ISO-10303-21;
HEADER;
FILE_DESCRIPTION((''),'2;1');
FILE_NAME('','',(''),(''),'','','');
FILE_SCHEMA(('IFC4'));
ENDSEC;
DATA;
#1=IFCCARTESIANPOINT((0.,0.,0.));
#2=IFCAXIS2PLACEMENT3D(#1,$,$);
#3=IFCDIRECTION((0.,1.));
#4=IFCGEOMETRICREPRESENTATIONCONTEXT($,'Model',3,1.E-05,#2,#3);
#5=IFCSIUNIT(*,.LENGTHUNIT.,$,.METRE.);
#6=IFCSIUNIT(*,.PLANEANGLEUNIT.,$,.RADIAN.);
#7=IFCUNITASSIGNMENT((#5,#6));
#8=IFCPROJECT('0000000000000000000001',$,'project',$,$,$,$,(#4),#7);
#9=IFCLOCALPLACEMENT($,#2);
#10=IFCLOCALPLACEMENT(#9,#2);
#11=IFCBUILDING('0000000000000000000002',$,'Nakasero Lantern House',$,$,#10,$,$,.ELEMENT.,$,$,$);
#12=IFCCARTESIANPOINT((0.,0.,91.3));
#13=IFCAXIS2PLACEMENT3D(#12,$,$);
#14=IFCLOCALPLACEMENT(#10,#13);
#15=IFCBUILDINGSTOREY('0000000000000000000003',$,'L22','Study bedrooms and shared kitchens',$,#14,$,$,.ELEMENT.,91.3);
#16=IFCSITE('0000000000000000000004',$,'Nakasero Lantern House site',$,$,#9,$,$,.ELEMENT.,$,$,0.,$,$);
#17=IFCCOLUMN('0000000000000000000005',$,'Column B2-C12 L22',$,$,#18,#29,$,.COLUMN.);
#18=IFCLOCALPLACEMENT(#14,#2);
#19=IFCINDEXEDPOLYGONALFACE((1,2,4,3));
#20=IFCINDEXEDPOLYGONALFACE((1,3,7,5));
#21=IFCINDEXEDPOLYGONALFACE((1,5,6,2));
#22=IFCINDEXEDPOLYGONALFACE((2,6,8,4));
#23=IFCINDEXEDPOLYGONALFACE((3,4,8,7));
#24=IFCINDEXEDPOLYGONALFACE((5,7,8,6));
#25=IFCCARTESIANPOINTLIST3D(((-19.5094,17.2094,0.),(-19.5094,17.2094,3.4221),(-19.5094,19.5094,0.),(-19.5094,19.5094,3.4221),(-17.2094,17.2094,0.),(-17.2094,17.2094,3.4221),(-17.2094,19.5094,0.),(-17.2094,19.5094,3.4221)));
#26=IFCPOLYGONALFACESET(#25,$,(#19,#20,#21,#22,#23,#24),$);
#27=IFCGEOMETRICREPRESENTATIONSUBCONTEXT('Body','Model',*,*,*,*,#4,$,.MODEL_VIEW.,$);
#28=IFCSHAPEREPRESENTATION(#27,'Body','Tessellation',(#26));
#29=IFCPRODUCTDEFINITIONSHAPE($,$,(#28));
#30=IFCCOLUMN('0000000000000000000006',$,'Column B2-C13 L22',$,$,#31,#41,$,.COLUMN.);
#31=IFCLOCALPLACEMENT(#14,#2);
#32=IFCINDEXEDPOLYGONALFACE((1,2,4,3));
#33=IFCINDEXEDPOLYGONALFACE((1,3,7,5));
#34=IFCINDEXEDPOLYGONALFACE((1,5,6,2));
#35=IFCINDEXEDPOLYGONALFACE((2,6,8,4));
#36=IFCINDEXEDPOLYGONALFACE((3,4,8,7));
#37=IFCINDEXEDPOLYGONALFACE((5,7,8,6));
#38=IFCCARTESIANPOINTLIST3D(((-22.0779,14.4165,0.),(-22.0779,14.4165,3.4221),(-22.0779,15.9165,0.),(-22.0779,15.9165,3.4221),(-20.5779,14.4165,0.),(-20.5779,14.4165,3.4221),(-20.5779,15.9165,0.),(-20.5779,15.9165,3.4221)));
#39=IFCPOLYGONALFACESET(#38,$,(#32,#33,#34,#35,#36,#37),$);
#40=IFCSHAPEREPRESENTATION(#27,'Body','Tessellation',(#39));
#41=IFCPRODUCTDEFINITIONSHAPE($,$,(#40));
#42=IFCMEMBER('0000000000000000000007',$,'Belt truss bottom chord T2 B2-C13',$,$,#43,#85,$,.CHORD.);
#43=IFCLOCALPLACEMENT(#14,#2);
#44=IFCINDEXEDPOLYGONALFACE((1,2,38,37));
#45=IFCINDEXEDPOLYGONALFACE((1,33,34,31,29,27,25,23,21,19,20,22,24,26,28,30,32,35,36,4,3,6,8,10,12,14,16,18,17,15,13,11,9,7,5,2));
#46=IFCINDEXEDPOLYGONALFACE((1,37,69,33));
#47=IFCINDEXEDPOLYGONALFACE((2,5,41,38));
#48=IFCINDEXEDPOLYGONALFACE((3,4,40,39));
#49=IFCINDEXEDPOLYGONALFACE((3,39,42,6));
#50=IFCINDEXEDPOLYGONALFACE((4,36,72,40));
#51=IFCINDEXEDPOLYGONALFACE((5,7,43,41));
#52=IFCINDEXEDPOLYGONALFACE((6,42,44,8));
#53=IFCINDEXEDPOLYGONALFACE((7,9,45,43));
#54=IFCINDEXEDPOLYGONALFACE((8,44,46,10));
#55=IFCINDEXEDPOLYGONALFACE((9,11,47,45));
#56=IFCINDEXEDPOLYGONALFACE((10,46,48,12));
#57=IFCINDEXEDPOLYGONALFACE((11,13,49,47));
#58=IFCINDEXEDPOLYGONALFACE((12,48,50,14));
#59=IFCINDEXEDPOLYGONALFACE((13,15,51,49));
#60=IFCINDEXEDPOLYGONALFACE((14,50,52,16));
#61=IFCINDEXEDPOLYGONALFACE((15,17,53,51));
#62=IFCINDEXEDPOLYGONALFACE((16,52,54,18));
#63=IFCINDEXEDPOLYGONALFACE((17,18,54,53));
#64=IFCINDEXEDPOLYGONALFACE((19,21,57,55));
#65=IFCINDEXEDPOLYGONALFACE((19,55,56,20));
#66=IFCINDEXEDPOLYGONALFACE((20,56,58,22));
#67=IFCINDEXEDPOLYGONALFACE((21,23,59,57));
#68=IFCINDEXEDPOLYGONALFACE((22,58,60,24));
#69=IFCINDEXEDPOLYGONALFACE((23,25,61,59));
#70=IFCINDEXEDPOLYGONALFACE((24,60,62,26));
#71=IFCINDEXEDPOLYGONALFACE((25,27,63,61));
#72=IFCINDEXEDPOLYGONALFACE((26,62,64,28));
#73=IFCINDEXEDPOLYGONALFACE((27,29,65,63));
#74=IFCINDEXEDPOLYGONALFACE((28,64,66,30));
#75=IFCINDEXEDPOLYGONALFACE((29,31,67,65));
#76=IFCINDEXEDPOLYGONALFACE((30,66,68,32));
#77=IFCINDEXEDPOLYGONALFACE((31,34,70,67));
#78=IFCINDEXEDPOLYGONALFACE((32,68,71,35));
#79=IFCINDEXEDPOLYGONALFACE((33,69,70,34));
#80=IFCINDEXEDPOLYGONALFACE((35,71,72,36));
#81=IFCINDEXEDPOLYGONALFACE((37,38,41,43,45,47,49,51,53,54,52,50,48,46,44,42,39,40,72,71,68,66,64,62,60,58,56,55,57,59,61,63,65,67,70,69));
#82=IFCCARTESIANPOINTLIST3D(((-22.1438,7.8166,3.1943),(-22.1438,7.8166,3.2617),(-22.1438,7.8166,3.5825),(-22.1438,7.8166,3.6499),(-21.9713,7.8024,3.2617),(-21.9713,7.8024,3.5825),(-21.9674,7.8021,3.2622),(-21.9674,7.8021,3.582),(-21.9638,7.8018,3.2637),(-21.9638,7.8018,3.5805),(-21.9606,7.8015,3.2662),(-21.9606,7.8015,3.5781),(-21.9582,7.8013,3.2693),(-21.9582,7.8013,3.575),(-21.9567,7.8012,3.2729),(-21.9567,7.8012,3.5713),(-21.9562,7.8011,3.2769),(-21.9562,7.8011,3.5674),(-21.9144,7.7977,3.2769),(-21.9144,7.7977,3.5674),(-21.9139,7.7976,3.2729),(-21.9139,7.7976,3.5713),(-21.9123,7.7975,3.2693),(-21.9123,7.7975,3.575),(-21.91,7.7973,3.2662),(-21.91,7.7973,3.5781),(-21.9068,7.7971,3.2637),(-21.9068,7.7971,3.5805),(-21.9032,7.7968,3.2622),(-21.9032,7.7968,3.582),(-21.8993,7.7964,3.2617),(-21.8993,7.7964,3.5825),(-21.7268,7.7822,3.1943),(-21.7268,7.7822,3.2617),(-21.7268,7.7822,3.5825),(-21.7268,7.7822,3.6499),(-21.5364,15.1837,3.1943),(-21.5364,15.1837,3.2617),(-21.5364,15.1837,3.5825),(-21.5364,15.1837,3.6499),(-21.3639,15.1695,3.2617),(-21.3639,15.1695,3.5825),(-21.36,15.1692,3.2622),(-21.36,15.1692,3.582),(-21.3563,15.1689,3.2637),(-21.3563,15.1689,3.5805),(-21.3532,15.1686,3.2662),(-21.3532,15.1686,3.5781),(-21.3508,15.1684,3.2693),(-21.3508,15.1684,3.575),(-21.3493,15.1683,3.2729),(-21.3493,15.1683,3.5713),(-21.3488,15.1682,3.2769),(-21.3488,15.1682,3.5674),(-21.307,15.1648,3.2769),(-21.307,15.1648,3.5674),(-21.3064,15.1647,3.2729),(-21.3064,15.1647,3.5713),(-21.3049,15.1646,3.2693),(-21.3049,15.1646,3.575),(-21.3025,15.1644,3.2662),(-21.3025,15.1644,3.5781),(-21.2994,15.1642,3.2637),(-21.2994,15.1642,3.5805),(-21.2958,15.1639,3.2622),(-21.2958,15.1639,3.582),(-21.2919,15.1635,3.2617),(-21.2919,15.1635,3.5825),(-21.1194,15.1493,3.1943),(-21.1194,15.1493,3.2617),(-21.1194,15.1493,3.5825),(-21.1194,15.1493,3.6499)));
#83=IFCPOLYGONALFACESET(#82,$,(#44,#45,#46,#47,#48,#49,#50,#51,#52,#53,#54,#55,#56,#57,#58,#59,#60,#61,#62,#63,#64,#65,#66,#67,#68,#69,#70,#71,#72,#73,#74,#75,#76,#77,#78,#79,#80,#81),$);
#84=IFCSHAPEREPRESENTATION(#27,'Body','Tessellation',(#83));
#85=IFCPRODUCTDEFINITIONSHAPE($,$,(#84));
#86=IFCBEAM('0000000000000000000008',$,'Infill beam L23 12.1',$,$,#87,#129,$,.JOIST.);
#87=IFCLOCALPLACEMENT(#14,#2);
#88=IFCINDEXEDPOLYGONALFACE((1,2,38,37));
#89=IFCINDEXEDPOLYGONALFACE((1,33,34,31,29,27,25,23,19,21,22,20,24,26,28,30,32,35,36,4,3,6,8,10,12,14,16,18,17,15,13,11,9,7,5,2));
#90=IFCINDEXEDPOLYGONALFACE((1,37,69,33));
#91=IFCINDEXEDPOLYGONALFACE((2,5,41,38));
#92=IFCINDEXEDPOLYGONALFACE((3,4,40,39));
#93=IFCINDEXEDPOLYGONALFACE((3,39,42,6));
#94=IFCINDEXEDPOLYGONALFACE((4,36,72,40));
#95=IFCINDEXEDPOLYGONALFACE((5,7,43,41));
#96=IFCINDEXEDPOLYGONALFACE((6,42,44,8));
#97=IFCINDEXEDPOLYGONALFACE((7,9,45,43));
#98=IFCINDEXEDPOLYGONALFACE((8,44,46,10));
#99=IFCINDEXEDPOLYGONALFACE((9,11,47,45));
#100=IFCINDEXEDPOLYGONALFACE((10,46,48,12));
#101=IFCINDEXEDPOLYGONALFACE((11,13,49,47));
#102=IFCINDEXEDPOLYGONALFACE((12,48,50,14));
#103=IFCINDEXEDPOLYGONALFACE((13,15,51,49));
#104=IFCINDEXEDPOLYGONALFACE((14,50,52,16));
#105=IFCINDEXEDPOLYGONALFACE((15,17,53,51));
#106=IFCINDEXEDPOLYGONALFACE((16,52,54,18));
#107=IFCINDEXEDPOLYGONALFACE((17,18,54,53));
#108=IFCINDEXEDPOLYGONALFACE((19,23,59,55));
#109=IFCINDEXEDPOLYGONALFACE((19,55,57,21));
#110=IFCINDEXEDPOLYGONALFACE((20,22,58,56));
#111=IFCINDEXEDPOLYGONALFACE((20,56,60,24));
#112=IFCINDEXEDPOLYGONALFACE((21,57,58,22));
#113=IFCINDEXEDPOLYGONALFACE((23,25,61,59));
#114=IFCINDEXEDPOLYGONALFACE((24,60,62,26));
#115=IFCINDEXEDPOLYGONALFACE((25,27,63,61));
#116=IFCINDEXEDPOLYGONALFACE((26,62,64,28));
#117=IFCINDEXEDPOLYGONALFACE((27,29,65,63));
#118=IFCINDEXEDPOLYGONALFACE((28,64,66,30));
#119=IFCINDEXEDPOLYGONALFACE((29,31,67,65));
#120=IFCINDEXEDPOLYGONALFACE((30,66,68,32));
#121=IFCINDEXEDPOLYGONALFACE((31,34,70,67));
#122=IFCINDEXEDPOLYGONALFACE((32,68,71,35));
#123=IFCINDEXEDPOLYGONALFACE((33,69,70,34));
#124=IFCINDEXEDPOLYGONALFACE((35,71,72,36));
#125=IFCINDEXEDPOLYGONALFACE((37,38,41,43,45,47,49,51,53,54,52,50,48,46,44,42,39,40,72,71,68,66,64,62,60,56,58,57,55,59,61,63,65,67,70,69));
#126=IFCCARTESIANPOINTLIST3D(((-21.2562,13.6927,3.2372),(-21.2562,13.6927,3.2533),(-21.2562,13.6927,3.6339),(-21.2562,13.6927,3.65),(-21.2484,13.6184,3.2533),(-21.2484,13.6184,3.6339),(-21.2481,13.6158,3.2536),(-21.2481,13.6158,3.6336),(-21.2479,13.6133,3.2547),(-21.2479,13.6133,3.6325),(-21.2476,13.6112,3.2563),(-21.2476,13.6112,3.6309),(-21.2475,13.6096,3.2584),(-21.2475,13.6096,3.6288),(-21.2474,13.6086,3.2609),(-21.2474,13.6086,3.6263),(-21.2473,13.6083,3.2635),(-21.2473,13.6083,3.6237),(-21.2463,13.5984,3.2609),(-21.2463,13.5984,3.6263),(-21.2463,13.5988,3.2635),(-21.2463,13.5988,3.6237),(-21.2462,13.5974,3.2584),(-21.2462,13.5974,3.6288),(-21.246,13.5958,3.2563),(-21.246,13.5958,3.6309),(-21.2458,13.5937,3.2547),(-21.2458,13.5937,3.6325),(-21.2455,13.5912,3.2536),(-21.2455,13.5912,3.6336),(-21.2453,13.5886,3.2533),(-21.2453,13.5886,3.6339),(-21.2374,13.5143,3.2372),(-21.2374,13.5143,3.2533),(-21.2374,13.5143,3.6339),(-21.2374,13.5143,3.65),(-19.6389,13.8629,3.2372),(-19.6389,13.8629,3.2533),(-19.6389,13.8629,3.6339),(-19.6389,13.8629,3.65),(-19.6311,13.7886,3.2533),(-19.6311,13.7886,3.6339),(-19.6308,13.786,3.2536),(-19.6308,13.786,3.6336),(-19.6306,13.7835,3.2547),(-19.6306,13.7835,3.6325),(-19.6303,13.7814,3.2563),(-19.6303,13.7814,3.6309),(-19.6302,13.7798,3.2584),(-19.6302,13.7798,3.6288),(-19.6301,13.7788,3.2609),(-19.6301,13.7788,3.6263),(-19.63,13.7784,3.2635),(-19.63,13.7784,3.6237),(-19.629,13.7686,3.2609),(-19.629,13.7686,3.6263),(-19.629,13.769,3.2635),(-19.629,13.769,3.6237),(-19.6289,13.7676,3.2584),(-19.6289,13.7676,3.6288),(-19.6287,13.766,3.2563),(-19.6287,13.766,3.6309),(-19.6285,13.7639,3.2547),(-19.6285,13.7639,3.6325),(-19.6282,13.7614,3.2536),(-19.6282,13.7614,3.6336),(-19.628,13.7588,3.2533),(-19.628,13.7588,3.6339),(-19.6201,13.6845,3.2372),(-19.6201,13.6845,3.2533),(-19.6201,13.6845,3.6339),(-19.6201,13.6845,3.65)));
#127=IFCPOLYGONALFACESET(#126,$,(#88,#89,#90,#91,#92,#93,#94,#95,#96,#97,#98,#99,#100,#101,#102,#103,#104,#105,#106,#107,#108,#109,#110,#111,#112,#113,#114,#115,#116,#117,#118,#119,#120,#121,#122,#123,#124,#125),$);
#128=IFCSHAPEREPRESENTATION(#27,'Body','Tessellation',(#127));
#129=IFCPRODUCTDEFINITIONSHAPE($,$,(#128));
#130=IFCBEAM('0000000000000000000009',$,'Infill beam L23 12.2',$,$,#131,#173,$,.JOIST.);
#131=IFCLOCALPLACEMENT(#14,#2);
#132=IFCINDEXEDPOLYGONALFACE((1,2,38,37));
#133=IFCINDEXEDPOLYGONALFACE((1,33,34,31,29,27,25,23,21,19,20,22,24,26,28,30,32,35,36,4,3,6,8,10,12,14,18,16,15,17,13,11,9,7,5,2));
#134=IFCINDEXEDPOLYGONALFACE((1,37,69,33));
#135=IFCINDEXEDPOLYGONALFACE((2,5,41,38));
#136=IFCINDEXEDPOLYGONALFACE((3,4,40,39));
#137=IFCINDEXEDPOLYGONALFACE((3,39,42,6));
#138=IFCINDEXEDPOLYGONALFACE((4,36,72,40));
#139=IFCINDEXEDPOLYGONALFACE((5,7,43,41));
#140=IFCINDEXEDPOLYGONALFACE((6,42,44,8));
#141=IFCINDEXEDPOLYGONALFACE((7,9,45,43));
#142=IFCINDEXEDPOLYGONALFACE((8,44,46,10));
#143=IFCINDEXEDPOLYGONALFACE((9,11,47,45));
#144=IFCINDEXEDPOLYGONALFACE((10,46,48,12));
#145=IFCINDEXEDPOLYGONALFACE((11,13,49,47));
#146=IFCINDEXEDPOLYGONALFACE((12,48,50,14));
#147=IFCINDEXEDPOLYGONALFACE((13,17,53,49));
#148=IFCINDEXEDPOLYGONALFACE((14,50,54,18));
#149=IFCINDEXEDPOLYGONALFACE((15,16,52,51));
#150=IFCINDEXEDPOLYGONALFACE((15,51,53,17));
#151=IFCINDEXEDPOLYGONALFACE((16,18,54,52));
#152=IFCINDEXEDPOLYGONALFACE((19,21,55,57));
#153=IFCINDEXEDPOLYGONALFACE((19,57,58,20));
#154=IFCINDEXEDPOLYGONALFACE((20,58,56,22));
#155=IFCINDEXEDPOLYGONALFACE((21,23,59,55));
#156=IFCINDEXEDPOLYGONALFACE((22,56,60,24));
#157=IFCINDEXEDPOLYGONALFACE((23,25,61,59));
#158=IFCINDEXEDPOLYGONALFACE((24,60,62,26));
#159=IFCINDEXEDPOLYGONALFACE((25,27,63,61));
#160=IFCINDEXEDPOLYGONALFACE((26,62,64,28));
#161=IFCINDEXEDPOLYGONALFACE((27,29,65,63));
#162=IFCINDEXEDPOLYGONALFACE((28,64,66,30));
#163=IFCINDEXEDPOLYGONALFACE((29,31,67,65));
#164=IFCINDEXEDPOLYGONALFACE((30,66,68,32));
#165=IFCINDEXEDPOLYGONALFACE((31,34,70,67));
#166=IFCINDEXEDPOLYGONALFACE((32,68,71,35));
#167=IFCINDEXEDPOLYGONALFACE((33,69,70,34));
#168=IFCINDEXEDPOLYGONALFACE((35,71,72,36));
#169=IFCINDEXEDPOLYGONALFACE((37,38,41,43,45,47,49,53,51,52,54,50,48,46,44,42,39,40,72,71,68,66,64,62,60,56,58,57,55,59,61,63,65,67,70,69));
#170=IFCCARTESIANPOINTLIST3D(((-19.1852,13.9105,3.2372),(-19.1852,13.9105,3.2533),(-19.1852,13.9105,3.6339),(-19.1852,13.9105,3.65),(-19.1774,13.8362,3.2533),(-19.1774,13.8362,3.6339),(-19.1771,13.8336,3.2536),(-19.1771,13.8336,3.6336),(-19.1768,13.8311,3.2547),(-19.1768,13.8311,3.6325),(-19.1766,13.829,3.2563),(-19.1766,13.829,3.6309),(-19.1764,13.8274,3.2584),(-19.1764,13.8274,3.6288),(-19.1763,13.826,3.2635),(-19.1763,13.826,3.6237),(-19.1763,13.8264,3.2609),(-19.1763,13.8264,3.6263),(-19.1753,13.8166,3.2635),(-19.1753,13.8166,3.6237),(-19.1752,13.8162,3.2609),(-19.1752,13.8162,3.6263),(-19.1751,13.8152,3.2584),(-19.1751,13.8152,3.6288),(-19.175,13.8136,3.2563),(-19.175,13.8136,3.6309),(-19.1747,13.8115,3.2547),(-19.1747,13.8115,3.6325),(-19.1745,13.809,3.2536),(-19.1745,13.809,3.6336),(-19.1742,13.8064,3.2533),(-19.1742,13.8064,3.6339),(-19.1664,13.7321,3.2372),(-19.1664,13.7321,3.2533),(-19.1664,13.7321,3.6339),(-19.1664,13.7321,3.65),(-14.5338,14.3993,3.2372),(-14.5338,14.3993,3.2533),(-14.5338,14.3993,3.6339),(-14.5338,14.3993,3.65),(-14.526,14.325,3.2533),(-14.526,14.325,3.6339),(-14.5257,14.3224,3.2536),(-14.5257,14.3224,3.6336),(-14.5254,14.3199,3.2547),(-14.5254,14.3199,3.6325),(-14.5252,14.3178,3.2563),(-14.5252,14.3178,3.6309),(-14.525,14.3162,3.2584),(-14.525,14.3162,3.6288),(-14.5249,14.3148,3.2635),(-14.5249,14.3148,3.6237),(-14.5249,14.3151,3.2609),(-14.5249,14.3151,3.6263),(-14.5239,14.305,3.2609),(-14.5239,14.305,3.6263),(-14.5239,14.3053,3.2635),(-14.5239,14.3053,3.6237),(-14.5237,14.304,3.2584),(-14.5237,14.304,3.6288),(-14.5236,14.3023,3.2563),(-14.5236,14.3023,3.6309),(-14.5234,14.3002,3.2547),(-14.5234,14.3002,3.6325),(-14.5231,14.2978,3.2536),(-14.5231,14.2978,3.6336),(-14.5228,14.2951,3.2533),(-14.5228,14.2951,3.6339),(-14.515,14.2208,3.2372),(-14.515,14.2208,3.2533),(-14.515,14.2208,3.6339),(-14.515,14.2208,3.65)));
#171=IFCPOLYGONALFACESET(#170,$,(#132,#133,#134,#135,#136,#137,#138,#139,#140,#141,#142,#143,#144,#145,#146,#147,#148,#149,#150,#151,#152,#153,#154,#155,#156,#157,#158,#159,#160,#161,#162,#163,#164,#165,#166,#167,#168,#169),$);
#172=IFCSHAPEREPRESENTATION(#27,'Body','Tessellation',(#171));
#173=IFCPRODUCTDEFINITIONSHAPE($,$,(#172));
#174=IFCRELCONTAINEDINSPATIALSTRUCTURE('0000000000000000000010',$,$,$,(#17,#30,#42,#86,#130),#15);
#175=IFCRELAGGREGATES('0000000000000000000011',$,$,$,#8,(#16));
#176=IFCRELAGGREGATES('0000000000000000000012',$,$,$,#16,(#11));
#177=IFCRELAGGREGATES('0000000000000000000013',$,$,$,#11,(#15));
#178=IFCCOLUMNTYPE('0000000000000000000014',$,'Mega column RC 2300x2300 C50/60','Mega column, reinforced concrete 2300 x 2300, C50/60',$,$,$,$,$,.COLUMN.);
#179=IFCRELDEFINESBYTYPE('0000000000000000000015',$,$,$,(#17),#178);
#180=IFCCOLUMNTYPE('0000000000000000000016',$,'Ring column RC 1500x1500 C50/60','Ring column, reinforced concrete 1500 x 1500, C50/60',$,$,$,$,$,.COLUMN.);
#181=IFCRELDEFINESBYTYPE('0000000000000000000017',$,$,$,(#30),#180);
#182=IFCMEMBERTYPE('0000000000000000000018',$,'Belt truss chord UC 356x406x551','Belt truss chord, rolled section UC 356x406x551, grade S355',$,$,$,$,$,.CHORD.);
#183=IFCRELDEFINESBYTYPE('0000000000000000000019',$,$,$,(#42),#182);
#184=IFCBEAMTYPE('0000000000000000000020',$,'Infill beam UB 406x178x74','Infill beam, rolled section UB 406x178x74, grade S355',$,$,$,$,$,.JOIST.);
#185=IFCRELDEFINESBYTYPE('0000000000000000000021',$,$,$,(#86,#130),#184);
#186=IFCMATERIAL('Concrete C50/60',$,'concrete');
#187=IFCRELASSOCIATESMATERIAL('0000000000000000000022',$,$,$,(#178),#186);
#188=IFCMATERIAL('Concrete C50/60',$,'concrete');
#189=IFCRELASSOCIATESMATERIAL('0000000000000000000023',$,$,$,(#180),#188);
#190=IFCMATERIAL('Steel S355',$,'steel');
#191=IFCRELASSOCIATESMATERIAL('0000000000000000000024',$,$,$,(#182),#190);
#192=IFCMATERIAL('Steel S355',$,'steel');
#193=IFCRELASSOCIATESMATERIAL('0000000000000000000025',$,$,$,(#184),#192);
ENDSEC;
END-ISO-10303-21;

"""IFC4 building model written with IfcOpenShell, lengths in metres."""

from ifc_helpers import new_model, si_unit, direction, frame, origin, origin_2d, place, context, subcontext, project, spatial, rectangle, i_section, extrude, material, material_profile, profile_set, type_object, element, save


model = new_model("IFC4")

# Units and contexts
model_context = context("Model", 3, precision=1e-05, world=origin(), true_north=direction((0.0, 1.0)))
body_context = subcontext(model_context, "Body", "Model", "MODEL_VIEW")
ifc_project = project(units=[si_unit("LENGTHUNIT", "METRE"), si_unit("PLANEANGLEUNIT", "RADIAN")], contexts=[model_context])

# Site, building, storey
site_placement = place(None, origin())
site = spatial("IfcSite", under=ifc_project, at=site_placement, Name="Nakasero Lantern House site", CompositionType="ELEMENT", RefElevation=0.0)
building_placement = place(site_placement, origin())
building = spatial("IfcBuilding", under=site, at=building_placement, Name="Nakasero Lantern House", CompositionType="ELEMENT")
storey_placement = place(building_placement, frame((0.0, 0.0, 91.3)))
storey = spatial("IfcBuildingStorey", under=building, at=storey_placement, Name="L22", Description="Study bedrooms and shared kitchens", CompositionType="ELEMENT", Elevation=91.3)

# Columns
ifc_material_1 = material(Name="Concrete C50/60", Category="concrete")
ifc_material_profile_1 = material_profile(ifc_material_1, rectangle(XDim=2.3, YDim=2.3, at=origin_2d()), Name="RC 2300x2300")
ifc_profile_set_1 = profile_set([ifc_material_profile_1], Name="Concrete C50/60")
column_type_1 = type_object("IfcColumnType", Name="Mega column RC 2300x2300 C50/60", Description="Mega column, reinforced concrete 2300 x 2300, C50/60", PredefinedType="COLUMN", material=ifc_profile_set_1)
column_1_placement = place(storey_placement, frame((-18.3594, 18.3594, 0.0), z_axis=(0.0, 0.0, 1.0), x_axis=(1.0, 0.0, 0.0)))
element("IfcColumn", 1, at=column_1_placement, inside=storey, type_object=column_type_1, Name="Column B2-C12 L22", PredefinedType="COLUMN", context=body_context, shape_type="SweptSolid", body=[
    extrude(rectangle(XDim=2.3, YDim=2.3, at=origin_2d()), origin(), (0.0, 0.0, 1.0), 3.4221),
])
ifc_material_2 = material(Name="Concrete C50/60", Category="concrete")
ifc_material_profile_2 = material_profile(ifc_material_2, rectangle(XDim=1.5, YDim=1.5, at=origin_2d()), Name="RC 1500x1500")
ifc_profile_set_2 = profile_set([ifc_material_profile_2], Name="Concrete C50/60")
column_type_2 = type_object("IfcColumnType", Name="Ring column RC 1500x1500 C50/60", Description="Ring column, reinforced concrete 1500 x 1500, C50/60", PredefinedType="COLUMN", material=ifc_profile_set_2)
column_2_placement = place(storey_placement, frame((-21.3279, 15.1665, 0.0), z_axis=(0.0, 0.0, 1.0), x_axis=(1.0, 0.0, 0.0)))
element("IfcColumn", 2, at=column_2_placement, inside=storey, type_object=column_type_2, Name="Column B2-C13 L22", PredefinedType="COLUMN", context=body_context, shape_type="SweptSolid", body=[
    extrude(rectangle(XDim=1.5, YDim=1.5, at=origin_2d()), origin(), (0.0, 0.0, 1.0), 3.4221),
])

# Member
ifc_material_3 = material(Name="Steel S355", Category="steel")
ifc_material_profile_3 = material_profile(ifc_material_3, i_section(OverallWidth=0.4185, OverallDepth=0.4556, WebThickness=0.042, FlangeThickness=0.0674, FilletRadius=0.0151, at=origin_2d()), Name="UC 356x406x551")
ifc_profile_set_3 = profile_set([ifc_material_profile_3], Name="Steel S355")
member_type = type_object("IfcMemberType", Name="Belt truss chord UC 356x406x551", Description="Belt truss chord, rolled section UC 356x406x551, grade S355", PredefinedType="CHORD", material=ifc_profile_set_3)
member_placement = place(storey_placement, frame((-21.3279, 15.1665, 3.4221), z_axis=(-0.082171, -0.996618, 0.0), x_axis=(0.996618, -0.082171, 0.0)))
element("IfcMember", 3, at=member_placement, inside=storey, type_object=member_type, Name="Belt truss bottom chord T2 B2-C13", PredefinedType="CHORD", context=body_context, shape_type="SweptSolid", body=[
    extrude(i_section(OverallWidth=0.4185, OverallDepth=0.4556, WebThickness=0.042, FlangeThickness=0.0674, FilletRadius=0.0151, at=origin_2d()), origin(), (0.0, 0.0, 1.0), 7.3921),
])

# Beams
ifc_material_4 = material(Name="Steel S355", Category="steel")
ifc_material_profile_4 = material_profile(ifc_material_4, i_section(OverallWidth=0.1794, OverallDepth=0.4128, WebThickness=0.0095, FlangeThickness=0.0161, FilletRadius=0.0103, at=origin_2d()), Name="UB 406x178x74")
ifc_profile_set_4 = profile_set([ifc_material_profile_4], Name="Steel S355")
beam_type_1 = type_object("IfcBeamType", Name="Infill beam UB 406x178x74", Description="Infill beam, rolled section UB 406x178x74, grade S355", PredefinedType="JOIST", material=ifc_profile_set_4)
beam_1_placement = place(storey_placement, frame((-21.2468, 13.6035, 3.4436), z_axis=(0.99451, 0.104646, 0.0), x_axis=(-0.104646, 0.99451, 0.0)))
element("IfcBeam", 4, at=beam_1_placement, inside=storey, type_object=beam_type_1, Name="Infill beam L23 12.1", PredefinedType="JOIST", context=body_context, shape_type="SweptSolid", body=[
    extrude(i_section(OverallWidth=0.1794, OverallDepth=0.4128, WebThickness=0.0095, FlangeThickness=0.0161, FilletRadius=0.0103, at=origin_2d()), origin(), (0.0, 0.0, 1.0), 1.6262),
])
beam_2_placement = place(storey_placement, frame((-19.1758, 13.8213, 3.4436), z_axis=(0.994524, 0.104505, 0.0), x_axis=(-0.104505, 0.994524, 0.0)))
element("IfcBeam", 5, at=beam_2_placement, inside=storey, type_object=beam_type_1, Name="Infill beam L23 12.2", PredefinedType="JOIST", context=body_context, shape_type="SweptSolid", body=[
    extrude(i_section(OverallWidth=0.1794, OverallDepth=0.4128, WebThickness=0.0095, FlangeThickness=0.0161, FilletRadius=0.0103, at=origin_2d()), origin(), (0.0, 0.0, 1.0), 4.677),
])

save(model, "model.ifc")
